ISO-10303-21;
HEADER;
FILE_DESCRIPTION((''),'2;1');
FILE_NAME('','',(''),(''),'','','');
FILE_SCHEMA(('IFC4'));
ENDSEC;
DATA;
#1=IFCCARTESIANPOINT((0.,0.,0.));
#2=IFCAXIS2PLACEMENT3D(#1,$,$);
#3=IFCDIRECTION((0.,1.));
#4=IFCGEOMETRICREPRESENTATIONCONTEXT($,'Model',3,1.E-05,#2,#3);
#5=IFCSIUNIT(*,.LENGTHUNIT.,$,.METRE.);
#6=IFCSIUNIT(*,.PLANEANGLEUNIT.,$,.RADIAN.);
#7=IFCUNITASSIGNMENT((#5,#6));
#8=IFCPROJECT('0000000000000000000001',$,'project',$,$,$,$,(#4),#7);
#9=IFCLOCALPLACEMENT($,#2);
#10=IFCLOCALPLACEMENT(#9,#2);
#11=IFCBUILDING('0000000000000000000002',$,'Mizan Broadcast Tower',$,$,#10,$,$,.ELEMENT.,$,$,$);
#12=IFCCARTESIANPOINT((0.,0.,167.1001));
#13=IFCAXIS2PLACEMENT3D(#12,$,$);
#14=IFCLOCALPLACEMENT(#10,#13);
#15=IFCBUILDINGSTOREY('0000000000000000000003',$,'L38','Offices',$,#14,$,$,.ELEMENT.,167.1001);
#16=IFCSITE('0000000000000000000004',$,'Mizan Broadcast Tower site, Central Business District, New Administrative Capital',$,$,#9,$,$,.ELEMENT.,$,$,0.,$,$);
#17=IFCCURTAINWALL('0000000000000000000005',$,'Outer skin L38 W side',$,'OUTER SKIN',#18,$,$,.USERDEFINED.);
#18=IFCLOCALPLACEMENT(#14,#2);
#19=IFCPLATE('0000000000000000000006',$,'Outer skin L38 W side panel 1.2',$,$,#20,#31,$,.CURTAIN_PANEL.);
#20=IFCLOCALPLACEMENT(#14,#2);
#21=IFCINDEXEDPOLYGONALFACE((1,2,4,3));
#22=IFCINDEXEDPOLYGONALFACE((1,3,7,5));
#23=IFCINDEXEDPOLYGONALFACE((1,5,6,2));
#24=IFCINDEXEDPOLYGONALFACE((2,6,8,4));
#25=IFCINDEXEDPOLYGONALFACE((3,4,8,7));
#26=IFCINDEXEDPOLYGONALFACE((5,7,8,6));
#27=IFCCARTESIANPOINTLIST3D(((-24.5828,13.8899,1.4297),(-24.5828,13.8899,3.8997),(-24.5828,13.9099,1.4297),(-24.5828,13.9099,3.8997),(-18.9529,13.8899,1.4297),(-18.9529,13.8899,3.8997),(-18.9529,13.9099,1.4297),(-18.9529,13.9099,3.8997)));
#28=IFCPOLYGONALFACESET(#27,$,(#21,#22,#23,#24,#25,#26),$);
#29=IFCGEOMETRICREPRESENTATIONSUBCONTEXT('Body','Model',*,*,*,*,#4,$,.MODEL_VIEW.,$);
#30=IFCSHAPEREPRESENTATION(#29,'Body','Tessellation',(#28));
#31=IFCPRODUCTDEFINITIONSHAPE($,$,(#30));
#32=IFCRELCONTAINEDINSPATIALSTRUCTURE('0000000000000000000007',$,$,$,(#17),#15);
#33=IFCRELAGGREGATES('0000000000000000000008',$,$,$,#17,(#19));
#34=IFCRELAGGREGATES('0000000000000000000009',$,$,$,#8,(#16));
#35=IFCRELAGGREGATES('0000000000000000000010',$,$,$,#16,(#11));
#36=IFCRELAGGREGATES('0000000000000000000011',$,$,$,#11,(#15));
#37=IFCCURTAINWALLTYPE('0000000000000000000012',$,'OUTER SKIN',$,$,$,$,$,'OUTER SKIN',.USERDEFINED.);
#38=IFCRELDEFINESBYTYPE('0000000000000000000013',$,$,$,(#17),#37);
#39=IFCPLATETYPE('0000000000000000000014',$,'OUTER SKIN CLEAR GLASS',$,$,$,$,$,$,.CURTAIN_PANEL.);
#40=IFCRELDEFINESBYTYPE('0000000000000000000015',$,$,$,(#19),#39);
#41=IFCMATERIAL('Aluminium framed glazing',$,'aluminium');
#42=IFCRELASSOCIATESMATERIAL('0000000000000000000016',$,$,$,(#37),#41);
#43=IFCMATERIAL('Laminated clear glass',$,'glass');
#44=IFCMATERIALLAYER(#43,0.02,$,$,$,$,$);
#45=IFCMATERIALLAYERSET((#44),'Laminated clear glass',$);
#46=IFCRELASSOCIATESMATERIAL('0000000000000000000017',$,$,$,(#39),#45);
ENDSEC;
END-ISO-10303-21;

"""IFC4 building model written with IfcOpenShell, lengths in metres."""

from ifc_helpers import new_model, si_unit, direction, frame, origin, origin_2d, place, context, subcontext, project, spatial, rectangle, extrude, material, layer, layer_set, type_object, element, aggregate, save


model = new_model("IFC4")

# Units and contexts
model_context = context("Model", 3, precision=1e-05, world=origin(), true_north=direction((0.0, 1.0)))
body_context = subcontext(model_context, "Body", "Model", "MODEL_VIEW")
ifc_project = project(units=[si_unit("LENGTHUNIT", "METRE"), si_unit("PLANEANGLEUNIT", "RADIAN")], contexts=[model_context])

# Site, building, storey
site_placement = place(None, origin())
site = spatial("IfcSite", under=ifc_project, at=site_placement, Name="Mizan Broadcast Tower site, Central Business District, New Administrative Capital", CompositionType="ELEMENT", RefElevation=0.0)
building_placement = place(site_placement, origin())
building = spatial("IfcBuilding", under=site, at=building_placement, Name="Mizan Broadcast Tower", CompositionType="ELEMENT")
storey_placement = place(building_placement, frame((0.0, 0.0, 167.1001)))
storey = spatial("IfcBuildingStorey", under=building, at=storey_placement, Name="L38", Description="Offices", CompositionType="ELEMENT", Elevation=167.1001)

# Curtain wall
ifc_material_1 = material(Name="Aluminium framed glazing", Category="aluminium")
curtain_wall_type_1 = type_object("IfcCurtainWallType", Name="OUTER SKIN", ElementType="OUTER SKIN", PredefinedType="USERDEFINED", material=ifc_material_1)
curtain_wall_1_placement = place(storey_placement, origin())
curtain_wall_1 = element("IfcCurtainWall", 1, at=curtain_wall_1_placement, inside=storey, type_object=curtain_wall_type_1, Name="Outer skin L38 W side", ObjectType="OUTER SKIN", PredefinedType="USERDEFINED")

# Plate
ifc_material_2 = material(Name="Laminated clear glass", Category="glass")
ifc_layer = layer(ifc_material_2, 0.02)
ifc_layer_set = layer_set([ifc_layer], Name="Laminated clear glass")
plate_type = type_object("IfcPlateType", Name="OUTER SKIN CLEAR GLASS", PredefinedType="CURTAIN_PANEL", material=ifc_layer_set)
plate_1_placement = place(storey_placement, frame((-21.7678, 13.8999, 1.4297), z_axis=(0.0, 0.0, 1.0), x_axis=(-1.0, 0.0, 0.0)))
plate_1 = element("IfcPlate", 2, at=plate_1_placement, type_object=plate_type, Name="Outer skin L38 W side panel 1.2", PredefinedType="CURTAIN_PANEL", context=body_context, shape_type="SweptSolid", body=[
    extrude(rectangle(XDim=5.6299, YDim=0.02, at=origin_2d()), origin(), (0.0, 0.0, 1.0), 2.47),
])
aggregate(curtain_wall_1, [plate_1])

save(model, "model.ifc")
